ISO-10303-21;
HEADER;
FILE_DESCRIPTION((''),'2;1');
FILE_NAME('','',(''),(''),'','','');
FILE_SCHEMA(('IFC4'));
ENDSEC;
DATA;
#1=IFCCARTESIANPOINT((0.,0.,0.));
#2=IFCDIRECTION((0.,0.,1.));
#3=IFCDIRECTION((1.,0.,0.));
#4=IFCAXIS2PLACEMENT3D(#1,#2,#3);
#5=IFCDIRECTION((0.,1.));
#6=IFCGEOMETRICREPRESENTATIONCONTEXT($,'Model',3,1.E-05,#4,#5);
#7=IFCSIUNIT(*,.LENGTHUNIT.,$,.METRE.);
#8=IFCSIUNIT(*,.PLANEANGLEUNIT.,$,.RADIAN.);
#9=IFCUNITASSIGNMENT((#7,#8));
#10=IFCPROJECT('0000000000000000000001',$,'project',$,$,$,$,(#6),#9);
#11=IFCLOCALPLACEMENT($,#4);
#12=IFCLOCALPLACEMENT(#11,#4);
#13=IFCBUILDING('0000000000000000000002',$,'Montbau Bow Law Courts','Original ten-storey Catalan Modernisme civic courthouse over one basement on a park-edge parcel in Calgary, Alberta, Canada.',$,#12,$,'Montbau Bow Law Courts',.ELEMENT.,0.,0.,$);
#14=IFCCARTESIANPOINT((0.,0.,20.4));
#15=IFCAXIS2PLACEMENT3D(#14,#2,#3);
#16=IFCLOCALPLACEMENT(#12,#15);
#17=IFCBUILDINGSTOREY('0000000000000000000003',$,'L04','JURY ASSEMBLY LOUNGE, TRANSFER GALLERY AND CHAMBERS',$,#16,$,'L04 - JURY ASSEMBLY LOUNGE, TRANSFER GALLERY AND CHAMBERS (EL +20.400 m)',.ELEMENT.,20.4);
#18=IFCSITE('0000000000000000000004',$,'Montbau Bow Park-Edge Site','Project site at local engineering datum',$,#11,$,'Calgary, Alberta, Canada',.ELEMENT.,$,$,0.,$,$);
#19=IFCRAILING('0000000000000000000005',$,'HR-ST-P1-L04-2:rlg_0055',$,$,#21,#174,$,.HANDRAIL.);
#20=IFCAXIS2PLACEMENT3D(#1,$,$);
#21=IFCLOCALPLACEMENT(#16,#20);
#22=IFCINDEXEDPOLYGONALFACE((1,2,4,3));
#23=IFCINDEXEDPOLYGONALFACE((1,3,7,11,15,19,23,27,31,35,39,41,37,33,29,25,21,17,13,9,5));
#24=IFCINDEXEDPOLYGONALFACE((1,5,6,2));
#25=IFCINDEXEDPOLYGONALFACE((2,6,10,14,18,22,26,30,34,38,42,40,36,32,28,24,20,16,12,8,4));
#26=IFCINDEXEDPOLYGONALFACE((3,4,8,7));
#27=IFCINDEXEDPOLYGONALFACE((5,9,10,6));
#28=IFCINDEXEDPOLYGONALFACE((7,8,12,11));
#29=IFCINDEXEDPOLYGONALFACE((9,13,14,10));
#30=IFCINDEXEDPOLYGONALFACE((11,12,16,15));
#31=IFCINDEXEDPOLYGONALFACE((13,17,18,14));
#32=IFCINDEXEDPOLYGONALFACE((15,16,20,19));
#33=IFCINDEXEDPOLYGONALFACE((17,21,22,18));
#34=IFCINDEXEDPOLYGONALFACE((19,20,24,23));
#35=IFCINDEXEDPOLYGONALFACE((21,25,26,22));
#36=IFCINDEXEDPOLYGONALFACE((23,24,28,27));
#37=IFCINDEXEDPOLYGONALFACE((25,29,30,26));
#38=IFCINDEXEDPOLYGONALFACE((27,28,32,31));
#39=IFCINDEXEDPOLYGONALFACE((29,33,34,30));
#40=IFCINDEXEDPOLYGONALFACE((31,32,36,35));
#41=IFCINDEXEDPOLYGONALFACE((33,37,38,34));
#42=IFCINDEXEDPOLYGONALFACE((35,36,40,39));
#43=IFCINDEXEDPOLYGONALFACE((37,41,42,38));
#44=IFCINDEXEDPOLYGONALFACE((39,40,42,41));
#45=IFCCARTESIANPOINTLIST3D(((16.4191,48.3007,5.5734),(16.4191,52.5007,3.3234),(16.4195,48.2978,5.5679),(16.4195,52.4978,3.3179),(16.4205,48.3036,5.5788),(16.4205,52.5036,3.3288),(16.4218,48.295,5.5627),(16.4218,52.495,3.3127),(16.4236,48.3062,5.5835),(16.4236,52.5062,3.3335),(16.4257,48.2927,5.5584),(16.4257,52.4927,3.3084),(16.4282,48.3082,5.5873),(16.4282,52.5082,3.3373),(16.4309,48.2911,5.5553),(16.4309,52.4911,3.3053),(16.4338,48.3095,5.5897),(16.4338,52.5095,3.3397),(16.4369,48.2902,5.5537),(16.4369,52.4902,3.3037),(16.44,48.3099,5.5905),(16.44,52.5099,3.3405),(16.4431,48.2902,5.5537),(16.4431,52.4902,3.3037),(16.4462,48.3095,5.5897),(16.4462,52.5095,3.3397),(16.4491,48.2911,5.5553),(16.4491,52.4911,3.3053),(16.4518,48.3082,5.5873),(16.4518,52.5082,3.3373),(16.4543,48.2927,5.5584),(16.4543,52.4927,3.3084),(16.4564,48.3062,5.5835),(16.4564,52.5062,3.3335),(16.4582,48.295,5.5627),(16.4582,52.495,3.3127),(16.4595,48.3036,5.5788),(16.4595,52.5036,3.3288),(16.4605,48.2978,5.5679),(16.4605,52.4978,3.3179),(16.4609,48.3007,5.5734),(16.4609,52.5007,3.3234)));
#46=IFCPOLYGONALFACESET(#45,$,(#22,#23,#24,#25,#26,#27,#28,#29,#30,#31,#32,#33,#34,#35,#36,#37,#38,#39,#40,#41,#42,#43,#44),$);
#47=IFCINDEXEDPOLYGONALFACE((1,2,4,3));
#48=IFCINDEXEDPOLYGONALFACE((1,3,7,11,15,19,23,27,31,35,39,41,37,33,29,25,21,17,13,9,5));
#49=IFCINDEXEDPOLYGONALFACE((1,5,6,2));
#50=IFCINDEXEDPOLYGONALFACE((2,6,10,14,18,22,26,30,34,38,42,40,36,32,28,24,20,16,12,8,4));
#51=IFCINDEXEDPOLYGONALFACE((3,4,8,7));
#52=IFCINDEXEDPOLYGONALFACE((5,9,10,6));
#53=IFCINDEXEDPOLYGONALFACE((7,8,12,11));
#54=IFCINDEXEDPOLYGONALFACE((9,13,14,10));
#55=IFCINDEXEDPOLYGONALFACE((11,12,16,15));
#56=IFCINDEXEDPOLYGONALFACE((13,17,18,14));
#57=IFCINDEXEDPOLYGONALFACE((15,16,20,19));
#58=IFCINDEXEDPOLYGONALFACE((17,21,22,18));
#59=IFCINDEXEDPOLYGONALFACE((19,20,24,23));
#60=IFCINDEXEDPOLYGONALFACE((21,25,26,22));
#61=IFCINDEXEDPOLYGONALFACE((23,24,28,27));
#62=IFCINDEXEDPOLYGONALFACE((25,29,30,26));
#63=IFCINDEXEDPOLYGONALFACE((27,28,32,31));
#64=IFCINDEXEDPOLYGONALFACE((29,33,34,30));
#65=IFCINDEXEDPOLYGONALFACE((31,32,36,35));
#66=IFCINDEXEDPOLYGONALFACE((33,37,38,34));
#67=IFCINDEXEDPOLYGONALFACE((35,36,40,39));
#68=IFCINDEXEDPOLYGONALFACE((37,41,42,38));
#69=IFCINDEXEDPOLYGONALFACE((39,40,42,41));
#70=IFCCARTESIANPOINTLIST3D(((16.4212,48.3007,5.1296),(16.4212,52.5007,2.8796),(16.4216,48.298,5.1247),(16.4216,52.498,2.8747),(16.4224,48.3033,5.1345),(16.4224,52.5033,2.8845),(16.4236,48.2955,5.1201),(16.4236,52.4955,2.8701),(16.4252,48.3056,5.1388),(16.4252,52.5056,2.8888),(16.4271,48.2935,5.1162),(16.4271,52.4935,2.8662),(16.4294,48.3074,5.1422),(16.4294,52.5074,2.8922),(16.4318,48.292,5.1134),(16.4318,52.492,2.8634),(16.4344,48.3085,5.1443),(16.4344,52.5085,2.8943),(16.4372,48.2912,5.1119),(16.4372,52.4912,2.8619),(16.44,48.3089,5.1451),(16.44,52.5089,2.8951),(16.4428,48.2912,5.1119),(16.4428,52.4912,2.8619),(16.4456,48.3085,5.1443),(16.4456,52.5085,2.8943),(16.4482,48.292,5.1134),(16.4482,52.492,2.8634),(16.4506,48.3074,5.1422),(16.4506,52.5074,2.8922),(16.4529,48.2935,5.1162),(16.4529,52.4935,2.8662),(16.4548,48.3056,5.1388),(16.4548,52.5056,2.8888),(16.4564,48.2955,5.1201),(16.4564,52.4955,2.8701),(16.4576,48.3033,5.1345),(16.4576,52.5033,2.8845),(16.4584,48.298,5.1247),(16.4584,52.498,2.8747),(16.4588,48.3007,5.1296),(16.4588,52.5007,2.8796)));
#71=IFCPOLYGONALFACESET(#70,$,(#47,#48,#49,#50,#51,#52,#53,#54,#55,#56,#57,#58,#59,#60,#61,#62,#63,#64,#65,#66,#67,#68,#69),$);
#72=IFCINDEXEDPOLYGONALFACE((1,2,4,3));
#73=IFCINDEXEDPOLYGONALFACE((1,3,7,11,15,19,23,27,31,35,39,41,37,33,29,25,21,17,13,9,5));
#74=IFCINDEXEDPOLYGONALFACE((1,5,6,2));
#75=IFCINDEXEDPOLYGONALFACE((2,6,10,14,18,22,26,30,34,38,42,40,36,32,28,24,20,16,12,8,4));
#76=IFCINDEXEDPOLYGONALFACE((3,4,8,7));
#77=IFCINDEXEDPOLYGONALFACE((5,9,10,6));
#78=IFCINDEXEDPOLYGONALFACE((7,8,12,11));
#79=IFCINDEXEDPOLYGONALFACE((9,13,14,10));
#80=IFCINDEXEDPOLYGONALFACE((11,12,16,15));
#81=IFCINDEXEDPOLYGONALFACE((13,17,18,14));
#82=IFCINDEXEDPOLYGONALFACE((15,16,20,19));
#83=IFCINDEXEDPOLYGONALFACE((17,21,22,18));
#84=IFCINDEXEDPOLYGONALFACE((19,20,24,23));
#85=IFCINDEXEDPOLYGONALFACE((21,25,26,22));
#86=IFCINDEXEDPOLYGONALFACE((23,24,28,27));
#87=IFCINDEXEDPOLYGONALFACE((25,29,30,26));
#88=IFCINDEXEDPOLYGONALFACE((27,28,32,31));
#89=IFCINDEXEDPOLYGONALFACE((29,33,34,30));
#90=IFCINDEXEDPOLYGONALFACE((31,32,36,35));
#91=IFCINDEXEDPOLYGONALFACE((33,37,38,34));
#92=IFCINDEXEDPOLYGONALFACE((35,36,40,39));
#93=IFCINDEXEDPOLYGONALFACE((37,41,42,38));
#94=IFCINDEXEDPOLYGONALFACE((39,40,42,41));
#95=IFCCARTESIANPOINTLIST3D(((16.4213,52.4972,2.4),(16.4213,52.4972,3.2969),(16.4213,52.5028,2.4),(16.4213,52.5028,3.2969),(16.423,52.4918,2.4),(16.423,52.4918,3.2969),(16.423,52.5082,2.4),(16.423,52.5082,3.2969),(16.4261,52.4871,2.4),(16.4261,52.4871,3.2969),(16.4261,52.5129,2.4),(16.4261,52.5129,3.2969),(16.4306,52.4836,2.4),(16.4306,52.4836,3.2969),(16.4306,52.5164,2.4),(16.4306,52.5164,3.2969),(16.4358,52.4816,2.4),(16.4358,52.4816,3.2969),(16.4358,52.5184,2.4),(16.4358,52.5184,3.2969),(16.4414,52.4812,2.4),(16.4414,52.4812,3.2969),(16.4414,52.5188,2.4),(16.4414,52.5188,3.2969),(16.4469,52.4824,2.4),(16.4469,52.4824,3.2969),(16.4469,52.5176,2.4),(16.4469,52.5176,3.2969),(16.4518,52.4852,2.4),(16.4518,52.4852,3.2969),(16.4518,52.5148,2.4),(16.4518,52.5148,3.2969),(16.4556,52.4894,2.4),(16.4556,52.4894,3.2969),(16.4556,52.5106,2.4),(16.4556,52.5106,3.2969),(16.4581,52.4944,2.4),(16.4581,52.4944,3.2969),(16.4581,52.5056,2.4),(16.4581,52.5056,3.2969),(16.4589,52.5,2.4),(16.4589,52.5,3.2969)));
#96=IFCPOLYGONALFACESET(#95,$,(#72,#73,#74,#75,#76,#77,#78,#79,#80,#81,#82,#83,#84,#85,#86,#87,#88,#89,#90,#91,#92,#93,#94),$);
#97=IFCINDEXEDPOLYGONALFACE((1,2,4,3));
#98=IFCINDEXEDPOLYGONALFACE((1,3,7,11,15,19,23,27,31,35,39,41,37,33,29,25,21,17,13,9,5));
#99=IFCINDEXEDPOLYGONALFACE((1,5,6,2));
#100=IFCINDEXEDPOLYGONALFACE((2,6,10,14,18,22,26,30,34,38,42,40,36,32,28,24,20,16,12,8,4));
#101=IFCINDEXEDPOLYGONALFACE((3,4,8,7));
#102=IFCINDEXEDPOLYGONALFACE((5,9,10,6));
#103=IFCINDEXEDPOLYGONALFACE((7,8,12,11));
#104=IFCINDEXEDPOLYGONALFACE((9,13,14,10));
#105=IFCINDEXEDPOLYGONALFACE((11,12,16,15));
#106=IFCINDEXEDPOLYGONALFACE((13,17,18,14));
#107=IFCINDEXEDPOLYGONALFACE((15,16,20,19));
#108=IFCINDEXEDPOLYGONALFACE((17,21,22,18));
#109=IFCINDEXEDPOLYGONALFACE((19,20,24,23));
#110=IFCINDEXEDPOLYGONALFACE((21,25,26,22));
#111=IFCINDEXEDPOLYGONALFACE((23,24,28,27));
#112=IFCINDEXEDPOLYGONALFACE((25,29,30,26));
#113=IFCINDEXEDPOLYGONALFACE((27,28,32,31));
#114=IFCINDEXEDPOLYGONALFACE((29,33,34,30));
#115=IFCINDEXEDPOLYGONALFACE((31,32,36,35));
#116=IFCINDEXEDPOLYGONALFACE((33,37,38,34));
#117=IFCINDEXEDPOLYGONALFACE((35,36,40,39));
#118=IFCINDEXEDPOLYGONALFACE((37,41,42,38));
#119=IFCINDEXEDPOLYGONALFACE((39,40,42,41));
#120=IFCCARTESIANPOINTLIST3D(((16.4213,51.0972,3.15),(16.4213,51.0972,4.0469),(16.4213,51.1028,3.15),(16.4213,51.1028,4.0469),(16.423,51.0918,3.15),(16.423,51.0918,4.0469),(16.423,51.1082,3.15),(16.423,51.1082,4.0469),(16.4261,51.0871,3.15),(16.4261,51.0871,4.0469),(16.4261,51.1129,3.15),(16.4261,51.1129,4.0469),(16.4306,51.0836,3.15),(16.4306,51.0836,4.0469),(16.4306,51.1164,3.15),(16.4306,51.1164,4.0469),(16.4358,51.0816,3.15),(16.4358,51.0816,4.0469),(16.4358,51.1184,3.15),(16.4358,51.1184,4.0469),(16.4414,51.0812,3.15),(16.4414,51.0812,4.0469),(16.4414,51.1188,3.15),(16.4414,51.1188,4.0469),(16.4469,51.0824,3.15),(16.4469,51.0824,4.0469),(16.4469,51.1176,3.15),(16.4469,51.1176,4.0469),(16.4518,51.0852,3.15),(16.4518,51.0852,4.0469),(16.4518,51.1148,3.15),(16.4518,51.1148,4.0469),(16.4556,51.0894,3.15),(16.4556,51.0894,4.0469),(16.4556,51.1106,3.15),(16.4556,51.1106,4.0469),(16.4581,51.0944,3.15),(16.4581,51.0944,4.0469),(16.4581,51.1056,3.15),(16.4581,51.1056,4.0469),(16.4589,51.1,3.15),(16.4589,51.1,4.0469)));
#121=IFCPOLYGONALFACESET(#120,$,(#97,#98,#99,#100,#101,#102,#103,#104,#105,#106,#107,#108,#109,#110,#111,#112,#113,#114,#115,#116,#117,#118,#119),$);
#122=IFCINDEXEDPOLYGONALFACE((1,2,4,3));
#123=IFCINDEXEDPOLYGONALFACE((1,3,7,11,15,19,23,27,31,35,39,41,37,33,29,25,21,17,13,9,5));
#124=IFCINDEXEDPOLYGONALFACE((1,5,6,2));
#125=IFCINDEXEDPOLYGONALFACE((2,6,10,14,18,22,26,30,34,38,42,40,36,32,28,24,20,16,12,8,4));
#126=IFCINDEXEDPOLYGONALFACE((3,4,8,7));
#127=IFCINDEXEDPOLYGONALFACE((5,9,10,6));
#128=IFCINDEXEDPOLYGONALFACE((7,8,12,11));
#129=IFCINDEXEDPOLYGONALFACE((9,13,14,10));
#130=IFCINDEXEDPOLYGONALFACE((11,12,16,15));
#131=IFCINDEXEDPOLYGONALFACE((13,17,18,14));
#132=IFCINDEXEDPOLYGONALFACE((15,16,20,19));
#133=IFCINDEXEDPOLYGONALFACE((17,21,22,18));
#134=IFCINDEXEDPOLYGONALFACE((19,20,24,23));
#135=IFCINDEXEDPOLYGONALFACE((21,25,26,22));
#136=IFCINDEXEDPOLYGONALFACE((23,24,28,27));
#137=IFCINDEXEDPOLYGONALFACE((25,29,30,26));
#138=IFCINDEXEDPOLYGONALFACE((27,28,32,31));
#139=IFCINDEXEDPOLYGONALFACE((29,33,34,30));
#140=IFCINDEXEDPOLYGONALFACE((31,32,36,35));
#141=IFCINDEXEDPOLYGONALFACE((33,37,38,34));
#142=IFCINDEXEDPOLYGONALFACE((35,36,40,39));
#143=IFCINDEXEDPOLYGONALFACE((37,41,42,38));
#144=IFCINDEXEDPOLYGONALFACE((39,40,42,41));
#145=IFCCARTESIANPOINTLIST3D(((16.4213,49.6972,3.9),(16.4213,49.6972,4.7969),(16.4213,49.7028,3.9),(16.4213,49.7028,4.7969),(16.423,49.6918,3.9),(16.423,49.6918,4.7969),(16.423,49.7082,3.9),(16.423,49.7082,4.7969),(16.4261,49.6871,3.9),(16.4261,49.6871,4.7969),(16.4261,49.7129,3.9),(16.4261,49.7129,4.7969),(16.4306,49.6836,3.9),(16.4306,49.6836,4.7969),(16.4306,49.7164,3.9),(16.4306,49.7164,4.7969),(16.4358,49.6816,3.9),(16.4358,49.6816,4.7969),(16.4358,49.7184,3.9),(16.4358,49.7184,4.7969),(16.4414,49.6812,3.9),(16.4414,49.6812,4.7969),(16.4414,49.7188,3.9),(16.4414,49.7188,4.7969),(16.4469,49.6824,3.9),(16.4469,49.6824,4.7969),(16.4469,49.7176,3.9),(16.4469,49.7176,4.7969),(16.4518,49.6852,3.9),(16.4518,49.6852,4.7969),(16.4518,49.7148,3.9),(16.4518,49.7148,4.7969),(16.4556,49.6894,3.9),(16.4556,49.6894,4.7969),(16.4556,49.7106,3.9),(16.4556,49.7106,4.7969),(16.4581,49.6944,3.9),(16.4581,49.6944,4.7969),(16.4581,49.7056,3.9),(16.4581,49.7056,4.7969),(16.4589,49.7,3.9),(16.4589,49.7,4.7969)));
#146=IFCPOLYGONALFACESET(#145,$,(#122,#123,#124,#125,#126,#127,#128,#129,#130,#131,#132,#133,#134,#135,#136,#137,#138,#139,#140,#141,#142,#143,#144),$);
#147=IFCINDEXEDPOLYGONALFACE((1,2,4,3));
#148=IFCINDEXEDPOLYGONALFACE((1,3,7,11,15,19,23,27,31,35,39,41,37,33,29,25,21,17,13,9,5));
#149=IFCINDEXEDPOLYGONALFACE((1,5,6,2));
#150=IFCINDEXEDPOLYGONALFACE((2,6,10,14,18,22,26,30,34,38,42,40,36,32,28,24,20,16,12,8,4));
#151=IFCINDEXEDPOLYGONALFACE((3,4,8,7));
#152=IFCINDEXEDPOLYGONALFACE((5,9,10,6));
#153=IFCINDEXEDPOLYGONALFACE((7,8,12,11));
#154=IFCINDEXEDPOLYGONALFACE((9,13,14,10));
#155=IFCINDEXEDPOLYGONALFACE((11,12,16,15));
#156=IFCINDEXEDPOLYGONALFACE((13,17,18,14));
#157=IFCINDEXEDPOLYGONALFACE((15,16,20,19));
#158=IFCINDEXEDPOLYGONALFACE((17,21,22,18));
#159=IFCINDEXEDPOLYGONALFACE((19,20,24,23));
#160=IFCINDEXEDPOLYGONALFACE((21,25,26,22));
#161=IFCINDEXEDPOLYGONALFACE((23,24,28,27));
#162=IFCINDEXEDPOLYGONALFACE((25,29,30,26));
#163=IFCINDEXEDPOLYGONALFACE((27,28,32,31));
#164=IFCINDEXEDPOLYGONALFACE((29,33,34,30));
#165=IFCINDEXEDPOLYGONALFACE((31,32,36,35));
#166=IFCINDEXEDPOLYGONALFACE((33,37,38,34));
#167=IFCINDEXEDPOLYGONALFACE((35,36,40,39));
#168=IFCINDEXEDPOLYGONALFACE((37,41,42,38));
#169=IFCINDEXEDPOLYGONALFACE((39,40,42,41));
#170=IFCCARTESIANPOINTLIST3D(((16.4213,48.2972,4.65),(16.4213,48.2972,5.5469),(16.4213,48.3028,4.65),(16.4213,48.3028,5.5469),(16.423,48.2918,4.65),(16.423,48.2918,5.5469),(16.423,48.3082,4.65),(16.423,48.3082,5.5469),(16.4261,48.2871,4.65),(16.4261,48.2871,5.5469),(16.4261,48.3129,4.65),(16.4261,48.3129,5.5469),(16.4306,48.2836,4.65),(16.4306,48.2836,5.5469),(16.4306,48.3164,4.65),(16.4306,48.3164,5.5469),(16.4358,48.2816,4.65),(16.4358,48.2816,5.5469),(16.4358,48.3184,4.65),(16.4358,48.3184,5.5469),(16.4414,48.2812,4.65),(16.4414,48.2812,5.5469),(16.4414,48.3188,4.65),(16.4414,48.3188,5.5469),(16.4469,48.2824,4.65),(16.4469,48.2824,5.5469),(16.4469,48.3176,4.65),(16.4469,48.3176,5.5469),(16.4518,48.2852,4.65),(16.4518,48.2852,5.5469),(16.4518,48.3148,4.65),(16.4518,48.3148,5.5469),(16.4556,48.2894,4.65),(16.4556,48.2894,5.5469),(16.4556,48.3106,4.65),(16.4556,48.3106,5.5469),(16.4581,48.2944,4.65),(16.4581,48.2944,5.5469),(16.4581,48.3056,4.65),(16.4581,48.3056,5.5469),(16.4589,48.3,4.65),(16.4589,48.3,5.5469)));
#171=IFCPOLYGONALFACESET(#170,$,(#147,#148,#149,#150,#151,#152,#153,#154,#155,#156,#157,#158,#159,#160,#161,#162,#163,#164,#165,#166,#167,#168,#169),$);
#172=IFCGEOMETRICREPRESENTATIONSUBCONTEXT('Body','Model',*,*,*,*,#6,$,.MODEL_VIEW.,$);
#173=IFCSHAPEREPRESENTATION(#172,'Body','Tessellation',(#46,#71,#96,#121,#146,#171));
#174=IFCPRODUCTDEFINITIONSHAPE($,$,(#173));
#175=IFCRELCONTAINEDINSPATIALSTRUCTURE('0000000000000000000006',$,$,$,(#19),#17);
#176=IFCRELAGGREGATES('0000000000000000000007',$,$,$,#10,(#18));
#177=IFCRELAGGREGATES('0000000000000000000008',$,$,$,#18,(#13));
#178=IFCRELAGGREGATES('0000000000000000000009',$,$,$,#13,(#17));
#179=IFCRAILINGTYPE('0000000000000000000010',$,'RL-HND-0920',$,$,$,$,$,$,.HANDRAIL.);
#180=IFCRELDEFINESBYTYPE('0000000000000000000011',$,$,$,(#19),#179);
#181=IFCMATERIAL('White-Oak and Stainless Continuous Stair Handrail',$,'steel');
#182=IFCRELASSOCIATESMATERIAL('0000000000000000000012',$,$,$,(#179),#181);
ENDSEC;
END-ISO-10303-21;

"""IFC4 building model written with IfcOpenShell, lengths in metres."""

from ifc_helpers import new_model, si_unit, direction, frame, origin_with_axes, origin_2d_with_axis, place, context, subcontext, project, spatial, circle, extrude, material, type_object, element, save


model = new_model("IFC4")

# Units and contexts
model_context = context("Model", 3, precision=1e-05, world=origin_with_axes(), true_north=direction((0.0, 1.0)))
body_context = subcontext(model_context, "Body", "Model", "MODEL_VIEW")
ifc_project = project(units=[si_unit("LENGTHUNIT", "METRE"), si_unit("PLANEANGLEUNIT", "RADIAN")], contexts=[model_context])

# Site, building, storey
site_placement = place(None, origin_with_axes())
site = spatial("IfcSite", under=ifc_project, at=site_placement, Name="Montbau Bow Park-Edge Site", Description="Project site at local engineering datum", LongName="Calgary, Alberta, Canada", CompositionType="ELEMENT", RefElevation=0.0)
building_placement = place(site_placement, origin_with_axes())
building = spatial("IfcBuilding", under=site, at=building_placement, Name="Montbau Bow Law Courts", Description="Original ten-storey Catalan Modernisme civic courthouse over one basement on a park-edge parcel in Calgary, Alberta, Canada.", LongName="Montbau Bow Law Courts", CompositionType="ELEMENT", ElevationOfRefHeight=0.0, ElevationOfTerrain=0.0)
storey_placement = place(building_placement, frame((0.0, 0.0, 20.4), z_axis=(0.0, 0.0, 1.0), x_axis=(1.0, 0.0, 0.0)))
storey = spatial("IfcBuildingStorey", under=building, at=storey_placement, Name="L04", Description="JURY ASSEMBLY LOUNGE, TRANSFER GALLERY AND CHAMBERS", LongName="L04 - JURY ASSEMBLY LOUNGE, TRANSFER GALLERY AND CHAMBERS (EL +20.400 m)", CompositionType="ELEMENT", Elevation=20.4)

# Railing
ifc_material_1 = material(Name="White-Oak and Stainless Continuous Stair Handrail", Category="steel")
railing_type_1 = type_object("IfcRailingType", Name="RL-HND-0920", PredefinedType="HANDRAIL", material=ifc_material_1)
railing_1_placement = place(None, origin_with_axes())
element("IfcRailing", 1, at=railing_1_placement, inside=storey, type_object=railing_type_1, Name="HR-ST-P1-L04-2:rlg_0055", PredefinedType="HANDRAIL", context=body_context, shape_type="SweptSolid", body=[
    extrude(circle(Radius=0.021, at=origin_2d_with_axis()), frame((16.44, 52.5, 23.722), z_axis=(0.0, -0.88148, 0.472221), x_axis=(0.0, 0.472221, 0.88148)), (0.0, 0.0, 1.0), 4.7647),
    extrude(circle(Radius=0.0189, at=origin_2d_with_axis()), frame((16.44, 52.5, 23.2784), z_axis=(0.0, -0.88148, 0.472221), x_axis=(0.0, 0.472221, 0.88148)), (0.0, 0.0, 1.0), 4.7647),
    extrude(circle(Radius=0.0189, at=origin_2d_with_axis()), frame((16.44, 52.5, 22.8), z_axis=(0.0, 0.0, 1.0), x_axis=(1.0, 0.0, 0.0)), (0.0, 0.0, 1.0), 0.8969),
    extrude(circle(Radius=0.0189, at=origin_2d_with_axis()), frame((16.44, 51.1, 23.55), z_axis=(0.0, 0.0, 1.0), x_axis=(1.0, 0.0, 0.0)), (0.0, 0.0, 1.0), 0.8969),
    extrude(circle(Radius=0.0189, at=origin_2d_with_axis()), frame((16.44, 49.7, 24.3), z_axis=(0.0, 0.0, 1.0), x_axis=(1.0, 0.0, 0.0)), (0.0, 0.0, 1.0), 0.8969),
    extrude(circle(Radius=0.0189, at=origin_2d_with_axis()), frame((16.44, 48.3, 25.05), z_axis=(0.0, 0.0, 1.0), x_axis=(1.0, 0.0, 0.0)), (0.0, 0.0, 1.0), 0.8969),
])

save(model, "model.ifc")
